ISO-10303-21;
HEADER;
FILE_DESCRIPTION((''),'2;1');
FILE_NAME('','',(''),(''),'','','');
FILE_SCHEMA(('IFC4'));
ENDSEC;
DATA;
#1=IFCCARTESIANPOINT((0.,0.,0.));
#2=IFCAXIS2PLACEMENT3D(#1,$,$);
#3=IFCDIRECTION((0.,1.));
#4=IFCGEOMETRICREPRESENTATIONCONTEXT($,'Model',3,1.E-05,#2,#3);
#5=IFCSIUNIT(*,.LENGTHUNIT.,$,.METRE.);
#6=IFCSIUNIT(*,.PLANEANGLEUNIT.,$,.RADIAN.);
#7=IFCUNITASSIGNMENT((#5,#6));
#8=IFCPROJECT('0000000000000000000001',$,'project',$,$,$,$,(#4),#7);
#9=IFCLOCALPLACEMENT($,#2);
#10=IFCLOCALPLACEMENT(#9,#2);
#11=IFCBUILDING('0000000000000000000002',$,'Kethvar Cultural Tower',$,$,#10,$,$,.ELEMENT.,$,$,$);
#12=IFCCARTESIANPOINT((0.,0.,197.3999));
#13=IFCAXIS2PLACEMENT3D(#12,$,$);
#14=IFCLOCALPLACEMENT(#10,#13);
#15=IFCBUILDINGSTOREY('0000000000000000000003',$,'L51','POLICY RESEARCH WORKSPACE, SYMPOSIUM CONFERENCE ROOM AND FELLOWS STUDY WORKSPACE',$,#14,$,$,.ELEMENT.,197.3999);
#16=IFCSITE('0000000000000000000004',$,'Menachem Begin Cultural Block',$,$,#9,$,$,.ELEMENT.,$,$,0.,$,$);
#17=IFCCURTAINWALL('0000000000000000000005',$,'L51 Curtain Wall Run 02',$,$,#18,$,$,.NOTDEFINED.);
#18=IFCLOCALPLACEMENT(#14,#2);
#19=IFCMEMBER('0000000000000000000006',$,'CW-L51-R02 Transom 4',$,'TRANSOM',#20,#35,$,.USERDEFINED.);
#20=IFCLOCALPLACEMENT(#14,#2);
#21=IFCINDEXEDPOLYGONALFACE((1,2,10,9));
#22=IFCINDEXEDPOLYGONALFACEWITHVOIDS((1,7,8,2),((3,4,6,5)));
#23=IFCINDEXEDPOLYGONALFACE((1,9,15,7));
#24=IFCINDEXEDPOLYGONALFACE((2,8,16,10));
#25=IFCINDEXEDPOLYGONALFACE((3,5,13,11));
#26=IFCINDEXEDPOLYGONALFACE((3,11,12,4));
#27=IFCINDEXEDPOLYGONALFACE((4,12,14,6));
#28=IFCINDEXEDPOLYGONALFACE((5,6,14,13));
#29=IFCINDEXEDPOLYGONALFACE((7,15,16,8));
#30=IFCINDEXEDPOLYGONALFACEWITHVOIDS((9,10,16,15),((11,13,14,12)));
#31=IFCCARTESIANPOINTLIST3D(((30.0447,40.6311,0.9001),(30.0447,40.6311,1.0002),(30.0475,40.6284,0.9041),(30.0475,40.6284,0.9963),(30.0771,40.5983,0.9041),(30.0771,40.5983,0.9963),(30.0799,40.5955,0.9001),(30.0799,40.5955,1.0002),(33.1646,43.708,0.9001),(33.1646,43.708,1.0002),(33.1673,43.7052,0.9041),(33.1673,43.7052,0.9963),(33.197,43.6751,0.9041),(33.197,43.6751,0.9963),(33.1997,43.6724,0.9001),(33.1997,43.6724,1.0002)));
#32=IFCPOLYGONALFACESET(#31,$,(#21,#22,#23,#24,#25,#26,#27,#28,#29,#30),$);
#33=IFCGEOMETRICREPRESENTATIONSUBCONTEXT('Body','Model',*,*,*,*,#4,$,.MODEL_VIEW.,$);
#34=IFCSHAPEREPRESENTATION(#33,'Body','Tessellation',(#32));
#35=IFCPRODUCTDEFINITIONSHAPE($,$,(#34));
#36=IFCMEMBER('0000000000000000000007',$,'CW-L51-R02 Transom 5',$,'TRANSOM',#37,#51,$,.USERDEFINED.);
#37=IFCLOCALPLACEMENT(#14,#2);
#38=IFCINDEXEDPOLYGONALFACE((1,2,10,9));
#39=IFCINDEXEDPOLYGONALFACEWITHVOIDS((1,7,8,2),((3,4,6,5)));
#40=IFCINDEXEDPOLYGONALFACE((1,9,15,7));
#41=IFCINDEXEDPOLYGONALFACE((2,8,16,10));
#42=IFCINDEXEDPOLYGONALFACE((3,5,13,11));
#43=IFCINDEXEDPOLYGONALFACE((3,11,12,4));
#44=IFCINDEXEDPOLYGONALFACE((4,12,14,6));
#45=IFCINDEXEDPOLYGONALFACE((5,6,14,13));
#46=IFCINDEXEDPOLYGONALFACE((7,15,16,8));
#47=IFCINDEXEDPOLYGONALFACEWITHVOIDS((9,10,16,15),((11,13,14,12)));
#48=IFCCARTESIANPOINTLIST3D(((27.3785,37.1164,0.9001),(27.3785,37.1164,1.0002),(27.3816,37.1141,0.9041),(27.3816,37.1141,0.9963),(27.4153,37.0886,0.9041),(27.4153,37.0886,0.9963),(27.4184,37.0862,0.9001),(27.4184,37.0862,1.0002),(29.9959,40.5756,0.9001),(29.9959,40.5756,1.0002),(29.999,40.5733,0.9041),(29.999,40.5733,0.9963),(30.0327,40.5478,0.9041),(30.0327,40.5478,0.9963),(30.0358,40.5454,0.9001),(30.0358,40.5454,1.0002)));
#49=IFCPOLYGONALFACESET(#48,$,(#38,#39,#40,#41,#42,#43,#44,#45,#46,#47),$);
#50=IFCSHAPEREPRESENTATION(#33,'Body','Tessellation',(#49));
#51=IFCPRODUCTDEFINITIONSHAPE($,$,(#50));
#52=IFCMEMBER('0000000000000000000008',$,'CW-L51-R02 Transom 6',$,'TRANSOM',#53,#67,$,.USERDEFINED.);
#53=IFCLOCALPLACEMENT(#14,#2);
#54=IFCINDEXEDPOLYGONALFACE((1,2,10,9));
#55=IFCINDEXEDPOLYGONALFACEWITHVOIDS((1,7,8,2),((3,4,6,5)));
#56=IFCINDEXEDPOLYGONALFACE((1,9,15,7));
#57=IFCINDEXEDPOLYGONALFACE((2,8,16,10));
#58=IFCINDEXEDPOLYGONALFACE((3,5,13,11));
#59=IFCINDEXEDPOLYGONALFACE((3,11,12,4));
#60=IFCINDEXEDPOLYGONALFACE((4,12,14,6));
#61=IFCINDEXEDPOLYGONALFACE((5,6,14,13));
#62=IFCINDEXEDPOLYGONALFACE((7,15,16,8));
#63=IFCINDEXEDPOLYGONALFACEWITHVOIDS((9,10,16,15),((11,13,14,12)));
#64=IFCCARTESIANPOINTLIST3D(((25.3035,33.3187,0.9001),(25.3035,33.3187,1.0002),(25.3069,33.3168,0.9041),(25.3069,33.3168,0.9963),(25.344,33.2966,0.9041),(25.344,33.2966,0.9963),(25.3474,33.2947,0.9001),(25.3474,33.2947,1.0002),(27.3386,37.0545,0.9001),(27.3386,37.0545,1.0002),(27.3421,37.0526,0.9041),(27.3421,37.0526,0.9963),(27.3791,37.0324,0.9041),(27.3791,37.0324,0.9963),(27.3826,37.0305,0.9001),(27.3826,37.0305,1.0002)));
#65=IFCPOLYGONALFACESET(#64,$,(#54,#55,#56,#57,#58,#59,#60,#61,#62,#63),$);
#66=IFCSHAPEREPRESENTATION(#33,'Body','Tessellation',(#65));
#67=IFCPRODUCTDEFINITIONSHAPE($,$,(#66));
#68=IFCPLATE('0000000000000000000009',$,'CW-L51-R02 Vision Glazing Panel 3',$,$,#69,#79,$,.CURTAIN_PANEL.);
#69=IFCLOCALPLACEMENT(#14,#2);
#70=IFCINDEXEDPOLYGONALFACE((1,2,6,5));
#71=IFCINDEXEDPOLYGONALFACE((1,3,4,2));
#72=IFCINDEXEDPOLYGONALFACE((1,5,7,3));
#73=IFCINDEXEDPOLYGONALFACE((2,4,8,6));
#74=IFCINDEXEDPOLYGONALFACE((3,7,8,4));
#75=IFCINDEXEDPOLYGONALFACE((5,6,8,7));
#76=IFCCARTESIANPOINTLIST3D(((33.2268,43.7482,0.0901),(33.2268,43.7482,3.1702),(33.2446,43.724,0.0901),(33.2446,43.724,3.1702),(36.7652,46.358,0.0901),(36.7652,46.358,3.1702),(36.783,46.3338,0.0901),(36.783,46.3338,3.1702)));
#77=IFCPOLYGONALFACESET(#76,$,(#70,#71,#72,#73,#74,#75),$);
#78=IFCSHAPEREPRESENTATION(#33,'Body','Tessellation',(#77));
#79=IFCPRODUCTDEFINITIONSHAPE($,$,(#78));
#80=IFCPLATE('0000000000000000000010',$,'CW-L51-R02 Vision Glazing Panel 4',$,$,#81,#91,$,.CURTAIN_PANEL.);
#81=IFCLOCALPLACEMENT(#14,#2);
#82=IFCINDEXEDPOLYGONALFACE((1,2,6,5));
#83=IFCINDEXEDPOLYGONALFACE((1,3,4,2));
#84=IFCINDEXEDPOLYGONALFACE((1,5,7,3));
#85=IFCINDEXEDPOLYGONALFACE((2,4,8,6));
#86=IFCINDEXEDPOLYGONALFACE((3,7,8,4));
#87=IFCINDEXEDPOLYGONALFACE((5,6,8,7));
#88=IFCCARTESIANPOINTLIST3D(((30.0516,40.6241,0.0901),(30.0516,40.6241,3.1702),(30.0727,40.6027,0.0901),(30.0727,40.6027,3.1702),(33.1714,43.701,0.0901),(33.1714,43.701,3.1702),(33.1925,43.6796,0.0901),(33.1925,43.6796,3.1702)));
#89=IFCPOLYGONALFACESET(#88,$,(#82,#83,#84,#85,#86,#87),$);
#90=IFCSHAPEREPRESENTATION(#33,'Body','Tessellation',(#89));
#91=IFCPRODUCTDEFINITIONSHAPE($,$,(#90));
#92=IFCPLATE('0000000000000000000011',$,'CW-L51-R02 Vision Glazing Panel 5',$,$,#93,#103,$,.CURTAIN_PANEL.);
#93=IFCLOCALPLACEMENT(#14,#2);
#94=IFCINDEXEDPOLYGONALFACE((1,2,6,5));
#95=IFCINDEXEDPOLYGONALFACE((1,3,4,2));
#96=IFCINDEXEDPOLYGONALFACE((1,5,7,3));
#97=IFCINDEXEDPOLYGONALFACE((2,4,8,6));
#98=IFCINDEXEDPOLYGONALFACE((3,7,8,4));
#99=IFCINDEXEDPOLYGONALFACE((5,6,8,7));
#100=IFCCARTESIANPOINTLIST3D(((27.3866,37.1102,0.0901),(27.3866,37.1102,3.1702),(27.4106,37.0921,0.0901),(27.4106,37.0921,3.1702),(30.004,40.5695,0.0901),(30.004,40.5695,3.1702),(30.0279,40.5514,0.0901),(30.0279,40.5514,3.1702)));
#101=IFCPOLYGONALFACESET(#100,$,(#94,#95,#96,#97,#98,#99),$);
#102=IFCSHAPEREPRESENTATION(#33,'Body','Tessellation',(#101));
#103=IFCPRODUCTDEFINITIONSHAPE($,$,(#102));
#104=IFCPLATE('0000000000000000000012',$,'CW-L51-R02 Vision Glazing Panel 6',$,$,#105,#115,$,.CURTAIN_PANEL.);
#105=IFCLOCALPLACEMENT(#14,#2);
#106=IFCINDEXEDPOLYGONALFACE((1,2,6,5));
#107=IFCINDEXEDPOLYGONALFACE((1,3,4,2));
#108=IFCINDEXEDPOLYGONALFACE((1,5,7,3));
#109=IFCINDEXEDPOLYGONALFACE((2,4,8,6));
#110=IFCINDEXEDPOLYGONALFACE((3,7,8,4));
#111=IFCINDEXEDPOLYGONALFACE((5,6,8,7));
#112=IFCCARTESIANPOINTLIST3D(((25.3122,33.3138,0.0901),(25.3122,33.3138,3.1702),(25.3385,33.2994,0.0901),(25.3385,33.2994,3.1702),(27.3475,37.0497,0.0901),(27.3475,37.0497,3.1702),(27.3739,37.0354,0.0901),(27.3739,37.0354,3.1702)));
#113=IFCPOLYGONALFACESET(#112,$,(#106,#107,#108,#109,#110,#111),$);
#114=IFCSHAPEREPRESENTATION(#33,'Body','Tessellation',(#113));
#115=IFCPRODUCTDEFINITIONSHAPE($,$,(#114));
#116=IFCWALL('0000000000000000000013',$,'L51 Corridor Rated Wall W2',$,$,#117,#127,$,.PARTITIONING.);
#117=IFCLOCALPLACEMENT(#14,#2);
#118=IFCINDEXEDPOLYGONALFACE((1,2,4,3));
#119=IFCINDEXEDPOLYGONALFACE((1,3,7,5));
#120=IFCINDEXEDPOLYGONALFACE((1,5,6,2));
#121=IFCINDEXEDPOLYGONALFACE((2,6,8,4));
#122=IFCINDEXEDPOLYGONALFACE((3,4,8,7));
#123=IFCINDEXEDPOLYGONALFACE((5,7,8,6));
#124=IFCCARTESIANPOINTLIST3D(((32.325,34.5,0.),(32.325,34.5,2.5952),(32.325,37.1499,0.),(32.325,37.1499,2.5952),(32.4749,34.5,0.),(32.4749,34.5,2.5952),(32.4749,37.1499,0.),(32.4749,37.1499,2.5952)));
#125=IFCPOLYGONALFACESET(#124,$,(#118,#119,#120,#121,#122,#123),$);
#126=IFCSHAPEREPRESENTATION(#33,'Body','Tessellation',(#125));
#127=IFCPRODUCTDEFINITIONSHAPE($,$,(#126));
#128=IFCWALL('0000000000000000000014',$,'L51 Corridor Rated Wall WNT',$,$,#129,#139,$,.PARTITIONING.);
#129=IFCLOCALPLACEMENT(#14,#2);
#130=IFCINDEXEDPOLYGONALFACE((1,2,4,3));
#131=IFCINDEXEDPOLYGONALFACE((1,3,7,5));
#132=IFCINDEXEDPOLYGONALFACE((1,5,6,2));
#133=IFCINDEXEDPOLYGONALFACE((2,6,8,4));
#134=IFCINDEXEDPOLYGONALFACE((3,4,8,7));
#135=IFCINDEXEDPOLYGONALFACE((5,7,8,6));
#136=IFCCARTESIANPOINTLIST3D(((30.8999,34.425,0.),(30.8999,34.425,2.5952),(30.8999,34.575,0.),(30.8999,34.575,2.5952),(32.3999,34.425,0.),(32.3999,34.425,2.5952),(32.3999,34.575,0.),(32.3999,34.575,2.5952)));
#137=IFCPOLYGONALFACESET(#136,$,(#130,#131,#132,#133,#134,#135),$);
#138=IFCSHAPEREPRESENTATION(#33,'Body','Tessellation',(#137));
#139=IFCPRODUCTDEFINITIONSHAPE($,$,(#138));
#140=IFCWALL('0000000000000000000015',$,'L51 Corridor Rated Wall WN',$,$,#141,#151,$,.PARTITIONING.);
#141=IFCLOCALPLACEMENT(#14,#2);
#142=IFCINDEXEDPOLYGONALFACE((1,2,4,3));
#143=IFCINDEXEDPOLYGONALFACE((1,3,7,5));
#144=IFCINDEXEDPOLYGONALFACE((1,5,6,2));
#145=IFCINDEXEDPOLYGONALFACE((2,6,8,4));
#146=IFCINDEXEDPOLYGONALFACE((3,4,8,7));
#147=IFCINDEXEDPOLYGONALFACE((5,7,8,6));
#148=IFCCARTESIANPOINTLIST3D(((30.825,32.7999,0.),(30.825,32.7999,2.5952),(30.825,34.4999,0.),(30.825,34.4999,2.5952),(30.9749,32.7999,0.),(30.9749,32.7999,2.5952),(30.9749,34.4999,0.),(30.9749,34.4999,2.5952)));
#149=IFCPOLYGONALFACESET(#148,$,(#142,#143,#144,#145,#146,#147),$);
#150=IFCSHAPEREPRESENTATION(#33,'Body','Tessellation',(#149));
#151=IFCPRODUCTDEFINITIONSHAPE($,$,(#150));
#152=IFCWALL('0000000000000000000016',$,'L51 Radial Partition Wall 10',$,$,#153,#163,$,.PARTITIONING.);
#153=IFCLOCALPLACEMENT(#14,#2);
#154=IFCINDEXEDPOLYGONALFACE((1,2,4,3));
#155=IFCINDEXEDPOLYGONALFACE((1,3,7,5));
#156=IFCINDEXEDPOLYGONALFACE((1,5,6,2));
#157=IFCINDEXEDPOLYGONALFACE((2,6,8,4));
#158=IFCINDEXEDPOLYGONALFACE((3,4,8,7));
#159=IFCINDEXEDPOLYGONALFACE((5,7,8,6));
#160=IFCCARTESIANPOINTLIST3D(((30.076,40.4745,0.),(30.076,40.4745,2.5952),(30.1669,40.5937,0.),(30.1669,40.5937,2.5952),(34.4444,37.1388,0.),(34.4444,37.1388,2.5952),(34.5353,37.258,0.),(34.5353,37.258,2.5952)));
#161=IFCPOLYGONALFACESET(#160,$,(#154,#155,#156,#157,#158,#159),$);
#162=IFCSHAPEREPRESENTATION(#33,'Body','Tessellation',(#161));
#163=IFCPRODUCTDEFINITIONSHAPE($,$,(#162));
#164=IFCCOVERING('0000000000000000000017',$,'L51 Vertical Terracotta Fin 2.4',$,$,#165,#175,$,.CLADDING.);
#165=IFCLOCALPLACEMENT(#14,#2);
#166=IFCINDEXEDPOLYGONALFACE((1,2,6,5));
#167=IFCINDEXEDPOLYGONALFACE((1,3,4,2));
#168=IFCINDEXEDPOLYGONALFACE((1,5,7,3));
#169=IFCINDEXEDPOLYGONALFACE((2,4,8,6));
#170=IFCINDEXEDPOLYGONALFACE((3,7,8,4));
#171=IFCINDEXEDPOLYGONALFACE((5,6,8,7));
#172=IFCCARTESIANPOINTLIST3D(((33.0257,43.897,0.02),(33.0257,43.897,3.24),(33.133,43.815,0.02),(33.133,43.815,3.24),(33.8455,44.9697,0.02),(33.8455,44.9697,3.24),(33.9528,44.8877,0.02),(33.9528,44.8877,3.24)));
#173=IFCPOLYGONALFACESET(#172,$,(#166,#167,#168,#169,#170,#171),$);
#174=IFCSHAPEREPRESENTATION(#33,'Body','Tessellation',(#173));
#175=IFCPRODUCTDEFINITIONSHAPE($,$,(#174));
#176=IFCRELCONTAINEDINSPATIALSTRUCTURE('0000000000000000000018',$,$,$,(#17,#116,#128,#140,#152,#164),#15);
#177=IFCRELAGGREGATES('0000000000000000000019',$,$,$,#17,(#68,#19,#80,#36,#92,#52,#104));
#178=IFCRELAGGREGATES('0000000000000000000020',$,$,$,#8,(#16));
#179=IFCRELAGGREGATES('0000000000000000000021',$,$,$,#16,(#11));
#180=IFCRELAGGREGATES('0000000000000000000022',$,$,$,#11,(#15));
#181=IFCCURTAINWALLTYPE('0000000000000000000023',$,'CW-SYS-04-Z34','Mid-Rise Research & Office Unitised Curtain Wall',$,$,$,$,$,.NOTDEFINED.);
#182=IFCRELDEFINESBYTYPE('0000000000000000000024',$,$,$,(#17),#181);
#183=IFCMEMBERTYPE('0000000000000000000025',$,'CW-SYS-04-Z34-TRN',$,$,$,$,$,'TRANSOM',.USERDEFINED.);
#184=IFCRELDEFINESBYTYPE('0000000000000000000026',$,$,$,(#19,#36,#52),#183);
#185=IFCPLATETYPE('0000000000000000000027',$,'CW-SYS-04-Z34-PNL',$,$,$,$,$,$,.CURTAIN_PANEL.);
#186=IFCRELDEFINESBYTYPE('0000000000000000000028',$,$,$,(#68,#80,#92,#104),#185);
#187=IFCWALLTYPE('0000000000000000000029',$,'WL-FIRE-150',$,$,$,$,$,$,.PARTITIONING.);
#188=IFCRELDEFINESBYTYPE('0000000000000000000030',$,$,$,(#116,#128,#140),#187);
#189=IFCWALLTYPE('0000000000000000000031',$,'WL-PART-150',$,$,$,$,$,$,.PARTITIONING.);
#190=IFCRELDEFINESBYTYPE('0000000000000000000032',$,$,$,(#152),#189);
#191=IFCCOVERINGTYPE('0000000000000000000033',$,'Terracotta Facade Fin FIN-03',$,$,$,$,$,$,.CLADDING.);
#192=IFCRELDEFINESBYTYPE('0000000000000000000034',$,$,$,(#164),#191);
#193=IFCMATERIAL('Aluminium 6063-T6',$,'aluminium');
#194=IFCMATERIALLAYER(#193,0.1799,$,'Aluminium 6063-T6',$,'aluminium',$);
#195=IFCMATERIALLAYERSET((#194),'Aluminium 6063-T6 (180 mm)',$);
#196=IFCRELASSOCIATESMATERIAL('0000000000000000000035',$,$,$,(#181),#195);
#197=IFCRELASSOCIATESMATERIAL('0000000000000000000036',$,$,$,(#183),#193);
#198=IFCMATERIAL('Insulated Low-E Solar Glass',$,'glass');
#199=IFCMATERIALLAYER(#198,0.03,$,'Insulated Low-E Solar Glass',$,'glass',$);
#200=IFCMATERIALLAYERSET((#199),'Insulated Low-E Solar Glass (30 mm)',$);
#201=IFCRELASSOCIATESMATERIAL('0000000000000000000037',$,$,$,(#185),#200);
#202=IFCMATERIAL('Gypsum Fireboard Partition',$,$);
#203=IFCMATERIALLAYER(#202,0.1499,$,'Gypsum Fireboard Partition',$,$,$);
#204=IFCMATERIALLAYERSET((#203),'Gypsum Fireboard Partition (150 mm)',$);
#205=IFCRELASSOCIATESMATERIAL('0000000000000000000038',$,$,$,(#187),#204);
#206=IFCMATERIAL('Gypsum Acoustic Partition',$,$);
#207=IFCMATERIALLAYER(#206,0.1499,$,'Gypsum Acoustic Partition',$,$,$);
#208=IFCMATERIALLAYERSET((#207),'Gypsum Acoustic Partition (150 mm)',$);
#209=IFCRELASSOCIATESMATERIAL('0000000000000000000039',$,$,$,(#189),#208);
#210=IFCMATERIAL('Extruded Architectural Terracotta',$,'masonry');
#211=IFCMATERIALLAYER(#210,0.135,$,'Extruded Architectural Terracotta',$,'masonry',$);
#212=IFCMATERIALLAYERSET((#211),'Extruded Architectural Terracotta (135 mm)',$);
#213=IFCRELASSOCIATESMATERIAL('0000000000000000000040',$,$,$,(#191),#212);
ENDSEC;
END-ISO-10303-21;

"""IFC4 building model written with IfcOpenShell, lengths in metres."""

from ifc_helpers import new_model, si_unit, direction, frame, frame_2d, origin, origin_2d, place, context, subcontext, project, spatial, rectangle, hollow_rectangle, extrude, source, transform, mapped, material, layer, layer_set, material_profile, profile_set, type_object, element, aggregate, save


model = new_model("IFC4")

# Units and contexts
model_context = context("Model", 3, precision=1e-05, world=origin(), true_north=direction((0.0, 1.0)))
body_context = subcontext(model_context, "Body", "Model", "MODEL_VIEW")
ifc_project = project(units=[si_unit("LENGTHUNIT", "METRE"), si_unit("PLANEANGLEUNIT", "RADIAN")], contexts=[model_context])

# Site, building, storey
site_placement = place(None, origin())
site = spatial("IfcSite", under=ifc_project, at=site_placement, Name="Menachem Begin Cultural Block", CompositionType="ELEMENT", RefElevation=0.0)
building_placement = place(site_placement, origin())
building = spatial("IfcBuilding", under=site, at=building_placement, Name="Kethvar Cultural Tower", CompositionType="ELEMENT")
storey_placement = place(building_placement, frame((0.0, 0.0, 197.3999)))
storey = spatial("IfcBuildingStorey", under=building, at=storey_placement, Name="L51", Description="POLICY RESEARCH WORKSPACE, SYMPOSIUM CONFERENCE ROOM AND FELLOWS STUDY WORKSPACE", CompositionType="ELEMENT", Elevation=197.3999)

# Curtain wall, members, plates
ifc_material_1 = material(Name="Aluminium 6063-T6", Category="aluminium")
ifc_layer_1 = layer(ifc_material_1, 0.1799, Name="Aluminium 6063-T6", Category="aluminium")
ifc_layer_set_1 = layer_set([ifc_layer_1], Name="Aluminium 6063-T6 (180 mm)")
curtain_wall_type = type_object("IfcCurtainWallType", Name="CW-SYS-04-Z34", Description="Mid-Rise Research & Office Unitised Curtain Wall", PredefinedType="NOTDEFINED", material=ifc_layer_set_1)
curtain_wall_placement = place(storey_placement, origin())
curtain_wall = element("IfcCurtainWall", 1, at=curtain_wall_placement, inside=storey, type_object=curtain_wall_type, Name="L51 Curtain Wall Run 02", PredefinedType="NOTDEFINED")
ifc_material_profile_1 = material_profile(ifc_material_1, hollow_rectangle(XDim=0.05, YDim=0.1001, WallThickness=0.0039, at=origin_2d()), Name="Aluminium 6063-T6 — RHS100x50x4")
ifc_profile_set_1 = profile_set([ifc_material_profile_1], Name="Aluminium 6063-T6 — RHS100x50x4")
member_type_1 = type_object("IfcMemberType", Name="CW-SYS-04-Z34-TRN", ElementType="TRANSOM", PredefinedType="USERDEFINED", material=ifc_profile_set_1)
shared_shape_1 = source(origin(), body_context, "Body", "SweptSolid", [
    extrude(hollow_rectangle(XDim=0.05, YDim=0.1001, WallThickness=0.0039, at=origin_2d()), origin(), (0.0, 0.0, 1.0), 4.3818),
])
member_1_placement = place(storey_placement, frame((33.1821, 43.6902, 0.9502), z_axis=(-0.711993, -0.702187, 0.0), x_axis=(0.702187, -0.711993, 0.0)))
member_1 = element("IfcMember", 2, at=member_1_placement, type_object=member_type_1, Name="CW-L51-R02 Transom 4", ObjectType="TRANSOM", PredefinedType="USERDEFINED", context=body_context, shape_type="MappedRepresentation", body=[
    mapped(shared_shape_1, transform((0.0, 0.0, 0.0), scale=1.0)),
])
shared_shape_2 = source(origin(), body_context, "Body", "SweptSolid", [
    extrude(hollow_rectangle(XDim=0.05, YDim=0.1001, WallThickness=0.0039, at=origin_2d()), origin(), (0.0, 0.0, 1.0), 4.3379),
])
member_2_placement = place(storey_placement, frame((30.0159, 40.5605, 0.9502), z_axis=(-0.603389, -0.797447, 0.0), x_axis=(0.797447, -0.603389, 0.0)))
member_2 = element("IfcMember", 3, at=member_2_placement, type_object=member_type_1, Name="CW-L51-R02 Transom 5", ObjectType="TRANSOM", PredefinedType="USERDEFINED", context=body_context, shape_type="MappedRepresentation", body=[
    mapped(shared_shape_2, transform((0.0, 0.0, 0.0), scale=1.0)),
])
shared_shape_3 = source(origin(), body_context, "Body", "SweptSolid", [
    extrude(hollow_rectangle(XDim=0.05, YDim=0.1001, WallThickness=0.0039, at=origin_2d()), origin(), (0.0, 0.0, 1.0), 4.2542),
])
member_3_placement = place(storey_placement, frame((27.3606, 37.0425, 0.9502), z_axis=(-0.478386, -0.87815, 0.0), x_axis=(0.87815, -0.478386, 0.0)))
member_3 = element("IfcMember", 4, at=member_3_placement, type_object=member_type_1, Name="CW-L51-R02 Transom 6", ObjectType="TRANSOM", PredefinedType="USERDEFINED", context=body_context, shape_type="MappedRepresentation", body=[
    mapped(shared_shape_3, transform((0.0, 0.0, 0.0), scale=1.0)),
])
ifc_material_2 = material(Name="Insulated Low-E Solar Glass", Category="glass")
ifc_layer_2 = layer(ifc_material_2, 0.03, Name="Insulated Low-E Solar Glass", Category="glass")
ifc_layer_set_2 = layer_set([ifc_layer_2], Name="Insulated Low-E Solar Glass (30 mm)")
plate_type = type_object("IfcPlateType", Name="CW-SYS-04-Z34-PNL", PredefinedType="CURTAIN_PANEL", material=ifc_layer_set_2)
shared_shape_4 = source(origin(), body_context, "Body", "SweptSolid", [
    extrude(rectangle(XDim=4.3967, YDim=0.03, at=origin_2d()), origin(), (0.0, 0.0, 1.0), 3.0801),
])
plate_1_placement = place(storey_placement, frame((35.0049, 45.041, 0.0901), z_axis=(0.0, 0.0, 1.0), x_axis=(-0.80478, -0.593573, 0.0)))
plate_1 = element("IfcPlate", 5, at=plate_1_placement, type_object=plate_type, Name="CW-L51-R02 Vision Glazing Panel 3", PredefinedType="CURTAIN_PANEL", context=body_context, shape_type="MappedRepresentation", body=[
    mapped(shared_shape_4, transform((0.0, 0.0, 0.0), scale=1.0)),
])
shared_shape_5 = source(origin(), body_context, "Body", "SweptSolid", [
    extrude(rectangle(XDim=4.3818, YDim=0.03, at=origin_2d()), origin(), (0.0, 0.0, 1.0), 3.0801),
])
plate_2_placement = place(storey_placement, frame((31.6221, 42.1519, 0.0901), z_axis=(0.0, 0.0, 1.0), x_axis=(-0.711989, -0.70219, 0.0)))
plate_2 = element("IfcPlate", 6, at=plate_2_placement, type_object=plate_type, Name="CW-L51-R02 Vision Glazing Panel 4", PredefinedType="CURTAIN_PANEL", context=body_context, shape_type="MappedRepresentation", body=[
    mapped(shared_shape_5, transform((0.0, 0.0, 0.0), scale=1.0)),
])
shared_shape_6 = source(origin(), body_context, "Body", "SweptSolid", [
    extrude(rectangle(XDim=4.3379, YDim=0.03, at=origin_2d()), origin(), (0.0, 0.0, 1.0), 3.0801),
])
plate_3_placement = place(storey_placement, frame((28.7073, 38.8308, 0.0901), z_axis=(0.0, 0.0, 1.0), x_axis=(-0.603361, -0.797468, 0.0)))
plate_3 = element("IfcPlate", 7, at=plate_3_placement, type_object=plate_type, Name="CW-L51-R02 Vision Glazing Panel 5", PredefinedType="CURTAIN_PANEL", context=body_context, shape_type="MappedRepresentation", body=[
    mapped(shared_shape_6, transform((0.0, 0.0, 0.0), scale=1.0)),
])
shared_shape_7 = source(origin(), body_context, "Body", "SweptSolid", [
    extrude(rectangle(XDim=4.2544, YDim=0.03, at=origin_2d()), origin(), (0.0, 0.0, 1.0), 3.0801),
])
plate_4_placement = place(storey_placement, frame((26.343, 35.1746, 0.0901), z_axis=(0.0, 0.0, 1.0), x_axis=(-0.478401, -0.878142, 0.0)))
plate_4 = element("IfcPlate", 8, at=plate_4_placement, type_object=plate_type, Name="CW-L51-R02 Vision Glazing Panel 6", PredefinedType="CURTAIN_PANEL", context=body_context, shape_type="MappedRepresentation", body=[
    mapped(shared_shape_7, transform((0.0, 0.0, 0.0), scale=1.0)),
])
aggregate(curtain_wall, [plate_1, member_1, plate_2, member_2, plate_3, member_3, plate_4])

# Walls
ifc_material_3 = material(Name="Gypsum Fireboard Partition")
ifc_layer_3 = layer(ifc_material_3, 0.1499, Name="Gypsum Fireboard Partition")
ifc_layer_set_3 = layer_set([ifc_layer_3], Name="Gypsum Fireboard Partition (150 mm)")
wall_type_1 = type_object("IfcWallType", Name="WL-FIRE-150", PredefinedType="PARTITIONING", material=ifc_layer_set_3)
wall_1_placement = place(storey_placement, frame((32.3999, 37.1499, 0.0), z_axis=(0.0, 0.0, 1.0), x_axis=(0.0, -1.0, 0.0)))
element("IfcWall", 9, at=wall_1_placement, inside=storey, type_object=wall_type_1, Name="L51 Corridor Rated Wall W2", PredefinedType="PARTITIONING", context=body_context, shape_type="SweptSolid", body=[
    extrude(rectangle(XDim=2.6499, YDim=0.1499, at=frame_2d((1.325, 0.0))), origin(), (0.0, 0.0, 1.0), 2.5952),
])
wall_2_placement = place(storey_placement, frame((32.3999, 34.5, 0.0), z_axis=(0.0, 0.0, 1.0), x_axis=(-1.0, 0.0, 0.0)))
element("IfcWall", 10, at=wall_2_placement, inside=storey, type_object=wall_type_1, Name="L51 Corridor Rated Wall WNT", PredefinedType="PARTITIONING", context=body_context, shape_type="SweptSolid", body=[
    extrude(rectangle(XDim=1.5, YDim=0.1499, at=frame_2d((0.75, 0.0))), origin(), (0.0, 0.0, 1.0), 2.5952),
])
wall_3_placement = place(storey_placement, frame((30.8999, 34.5, 0.0), z_axis=(0.0, 0.0, 1.0), x_axis=(0.0, -1.0, 0.0)))
element("IfcWall", 11, at=wall_3_placement, inside=storey, type_object=wall_type_1, Name="L51 Corridor Rated Wall WN", PredefinedType="PARTITIONING", context=body_context, shape_type="SweptSolid", body=[
    extrude(rectangle(XDim=1.7, YDim=0.1499, at=frame_2d((0.8501, 0.0))), origin(), (0.0, 0.0, 1.0), 2.5952),
])
ifc_material_4 = material(Name="Gypsum Acoustic Partition")
ifc_layer_4 = layer(ifc_material_4, 0.1499, Name="Gypsum Acoustic Partition")
ifc_layer_set_4 = layer_set([ifc_layer_4], Name="Gypsum Acoustic Partition (150 mm)")
wall_type_2 = type_object("IfcWallType", Name="WL-PART-150", PredefinedType="PARTITIONING", material=ifc_layer_set_4)
wall_4_placement = place(storey_placement, frame((34.4897, 37.1985, 0.0), z_axis=(0.0, 0.0, 1.0), x_axis=(-0.794784, 0.606893, 0.0)))
element("IfcWall", 12, at=wall_4_placement, inside=storey, type_object=wall_type_2, Name="L51 Radial Partition Wall 10", PredefinedType="PARTITIONING", context=body_context, shape_type="SweptSolid", body=[
    extrude(rectangle(XDim=5.4963, YDim=0.1499, at=frame_2d((2.748, 0.0))), origin(), (0.0, 0.0, 1.0), 2.5952),
])

# Covering
ifc_material_5 = material(Name="Extruded Architectural Terracotta", Category="masonry")
ifc_layer_5 = layer(ifc_material_5, 0.135, Name="Extruded Architectural Terracotta", Category="masonry")
ifc_layer_set_5 = layer_set([ifc_layer_5], Name="Extruded Architectural Terracotta (135 mm)")
covering_type = type_object("IfcCoveringType", Name="Terracotta Facade Fin FIN-03", PredefinedType="CLADDING", material=ifc_layer_set_5)
shared_shape_8 = source(origin(), body_context, "Body", "SweptSolid", [
    extrude(rectangle(XDim=1.3501, YDim=0.135, at=origin_2d()), origin(), (0.0, 0.0, 1.0), 3.22),
])
for number, where, z_axis, x_axis, name in (
    (13, (33.4893, 44.3923, 0.02), (0.0, 0.0, 1.0), (0.607237, 0.794521, 0.0), "L51 Vertical Terracotta Fin 2.4"),
):
    element("IfcCovering", number, at=place(storey_placement, frame(where, z_axis=z_axis, x_axis=x_axis)), inside=storey, type_object=covering_type, Name=name, PredefinedType="CLADDING", context=body_context, shape_type="MappedRepresentation", body=[
        mapped(shared_shape_8, transform((0.0, 0.0, 0.0), scale=1.0)),
    ])

save(model, "model.ifc")
